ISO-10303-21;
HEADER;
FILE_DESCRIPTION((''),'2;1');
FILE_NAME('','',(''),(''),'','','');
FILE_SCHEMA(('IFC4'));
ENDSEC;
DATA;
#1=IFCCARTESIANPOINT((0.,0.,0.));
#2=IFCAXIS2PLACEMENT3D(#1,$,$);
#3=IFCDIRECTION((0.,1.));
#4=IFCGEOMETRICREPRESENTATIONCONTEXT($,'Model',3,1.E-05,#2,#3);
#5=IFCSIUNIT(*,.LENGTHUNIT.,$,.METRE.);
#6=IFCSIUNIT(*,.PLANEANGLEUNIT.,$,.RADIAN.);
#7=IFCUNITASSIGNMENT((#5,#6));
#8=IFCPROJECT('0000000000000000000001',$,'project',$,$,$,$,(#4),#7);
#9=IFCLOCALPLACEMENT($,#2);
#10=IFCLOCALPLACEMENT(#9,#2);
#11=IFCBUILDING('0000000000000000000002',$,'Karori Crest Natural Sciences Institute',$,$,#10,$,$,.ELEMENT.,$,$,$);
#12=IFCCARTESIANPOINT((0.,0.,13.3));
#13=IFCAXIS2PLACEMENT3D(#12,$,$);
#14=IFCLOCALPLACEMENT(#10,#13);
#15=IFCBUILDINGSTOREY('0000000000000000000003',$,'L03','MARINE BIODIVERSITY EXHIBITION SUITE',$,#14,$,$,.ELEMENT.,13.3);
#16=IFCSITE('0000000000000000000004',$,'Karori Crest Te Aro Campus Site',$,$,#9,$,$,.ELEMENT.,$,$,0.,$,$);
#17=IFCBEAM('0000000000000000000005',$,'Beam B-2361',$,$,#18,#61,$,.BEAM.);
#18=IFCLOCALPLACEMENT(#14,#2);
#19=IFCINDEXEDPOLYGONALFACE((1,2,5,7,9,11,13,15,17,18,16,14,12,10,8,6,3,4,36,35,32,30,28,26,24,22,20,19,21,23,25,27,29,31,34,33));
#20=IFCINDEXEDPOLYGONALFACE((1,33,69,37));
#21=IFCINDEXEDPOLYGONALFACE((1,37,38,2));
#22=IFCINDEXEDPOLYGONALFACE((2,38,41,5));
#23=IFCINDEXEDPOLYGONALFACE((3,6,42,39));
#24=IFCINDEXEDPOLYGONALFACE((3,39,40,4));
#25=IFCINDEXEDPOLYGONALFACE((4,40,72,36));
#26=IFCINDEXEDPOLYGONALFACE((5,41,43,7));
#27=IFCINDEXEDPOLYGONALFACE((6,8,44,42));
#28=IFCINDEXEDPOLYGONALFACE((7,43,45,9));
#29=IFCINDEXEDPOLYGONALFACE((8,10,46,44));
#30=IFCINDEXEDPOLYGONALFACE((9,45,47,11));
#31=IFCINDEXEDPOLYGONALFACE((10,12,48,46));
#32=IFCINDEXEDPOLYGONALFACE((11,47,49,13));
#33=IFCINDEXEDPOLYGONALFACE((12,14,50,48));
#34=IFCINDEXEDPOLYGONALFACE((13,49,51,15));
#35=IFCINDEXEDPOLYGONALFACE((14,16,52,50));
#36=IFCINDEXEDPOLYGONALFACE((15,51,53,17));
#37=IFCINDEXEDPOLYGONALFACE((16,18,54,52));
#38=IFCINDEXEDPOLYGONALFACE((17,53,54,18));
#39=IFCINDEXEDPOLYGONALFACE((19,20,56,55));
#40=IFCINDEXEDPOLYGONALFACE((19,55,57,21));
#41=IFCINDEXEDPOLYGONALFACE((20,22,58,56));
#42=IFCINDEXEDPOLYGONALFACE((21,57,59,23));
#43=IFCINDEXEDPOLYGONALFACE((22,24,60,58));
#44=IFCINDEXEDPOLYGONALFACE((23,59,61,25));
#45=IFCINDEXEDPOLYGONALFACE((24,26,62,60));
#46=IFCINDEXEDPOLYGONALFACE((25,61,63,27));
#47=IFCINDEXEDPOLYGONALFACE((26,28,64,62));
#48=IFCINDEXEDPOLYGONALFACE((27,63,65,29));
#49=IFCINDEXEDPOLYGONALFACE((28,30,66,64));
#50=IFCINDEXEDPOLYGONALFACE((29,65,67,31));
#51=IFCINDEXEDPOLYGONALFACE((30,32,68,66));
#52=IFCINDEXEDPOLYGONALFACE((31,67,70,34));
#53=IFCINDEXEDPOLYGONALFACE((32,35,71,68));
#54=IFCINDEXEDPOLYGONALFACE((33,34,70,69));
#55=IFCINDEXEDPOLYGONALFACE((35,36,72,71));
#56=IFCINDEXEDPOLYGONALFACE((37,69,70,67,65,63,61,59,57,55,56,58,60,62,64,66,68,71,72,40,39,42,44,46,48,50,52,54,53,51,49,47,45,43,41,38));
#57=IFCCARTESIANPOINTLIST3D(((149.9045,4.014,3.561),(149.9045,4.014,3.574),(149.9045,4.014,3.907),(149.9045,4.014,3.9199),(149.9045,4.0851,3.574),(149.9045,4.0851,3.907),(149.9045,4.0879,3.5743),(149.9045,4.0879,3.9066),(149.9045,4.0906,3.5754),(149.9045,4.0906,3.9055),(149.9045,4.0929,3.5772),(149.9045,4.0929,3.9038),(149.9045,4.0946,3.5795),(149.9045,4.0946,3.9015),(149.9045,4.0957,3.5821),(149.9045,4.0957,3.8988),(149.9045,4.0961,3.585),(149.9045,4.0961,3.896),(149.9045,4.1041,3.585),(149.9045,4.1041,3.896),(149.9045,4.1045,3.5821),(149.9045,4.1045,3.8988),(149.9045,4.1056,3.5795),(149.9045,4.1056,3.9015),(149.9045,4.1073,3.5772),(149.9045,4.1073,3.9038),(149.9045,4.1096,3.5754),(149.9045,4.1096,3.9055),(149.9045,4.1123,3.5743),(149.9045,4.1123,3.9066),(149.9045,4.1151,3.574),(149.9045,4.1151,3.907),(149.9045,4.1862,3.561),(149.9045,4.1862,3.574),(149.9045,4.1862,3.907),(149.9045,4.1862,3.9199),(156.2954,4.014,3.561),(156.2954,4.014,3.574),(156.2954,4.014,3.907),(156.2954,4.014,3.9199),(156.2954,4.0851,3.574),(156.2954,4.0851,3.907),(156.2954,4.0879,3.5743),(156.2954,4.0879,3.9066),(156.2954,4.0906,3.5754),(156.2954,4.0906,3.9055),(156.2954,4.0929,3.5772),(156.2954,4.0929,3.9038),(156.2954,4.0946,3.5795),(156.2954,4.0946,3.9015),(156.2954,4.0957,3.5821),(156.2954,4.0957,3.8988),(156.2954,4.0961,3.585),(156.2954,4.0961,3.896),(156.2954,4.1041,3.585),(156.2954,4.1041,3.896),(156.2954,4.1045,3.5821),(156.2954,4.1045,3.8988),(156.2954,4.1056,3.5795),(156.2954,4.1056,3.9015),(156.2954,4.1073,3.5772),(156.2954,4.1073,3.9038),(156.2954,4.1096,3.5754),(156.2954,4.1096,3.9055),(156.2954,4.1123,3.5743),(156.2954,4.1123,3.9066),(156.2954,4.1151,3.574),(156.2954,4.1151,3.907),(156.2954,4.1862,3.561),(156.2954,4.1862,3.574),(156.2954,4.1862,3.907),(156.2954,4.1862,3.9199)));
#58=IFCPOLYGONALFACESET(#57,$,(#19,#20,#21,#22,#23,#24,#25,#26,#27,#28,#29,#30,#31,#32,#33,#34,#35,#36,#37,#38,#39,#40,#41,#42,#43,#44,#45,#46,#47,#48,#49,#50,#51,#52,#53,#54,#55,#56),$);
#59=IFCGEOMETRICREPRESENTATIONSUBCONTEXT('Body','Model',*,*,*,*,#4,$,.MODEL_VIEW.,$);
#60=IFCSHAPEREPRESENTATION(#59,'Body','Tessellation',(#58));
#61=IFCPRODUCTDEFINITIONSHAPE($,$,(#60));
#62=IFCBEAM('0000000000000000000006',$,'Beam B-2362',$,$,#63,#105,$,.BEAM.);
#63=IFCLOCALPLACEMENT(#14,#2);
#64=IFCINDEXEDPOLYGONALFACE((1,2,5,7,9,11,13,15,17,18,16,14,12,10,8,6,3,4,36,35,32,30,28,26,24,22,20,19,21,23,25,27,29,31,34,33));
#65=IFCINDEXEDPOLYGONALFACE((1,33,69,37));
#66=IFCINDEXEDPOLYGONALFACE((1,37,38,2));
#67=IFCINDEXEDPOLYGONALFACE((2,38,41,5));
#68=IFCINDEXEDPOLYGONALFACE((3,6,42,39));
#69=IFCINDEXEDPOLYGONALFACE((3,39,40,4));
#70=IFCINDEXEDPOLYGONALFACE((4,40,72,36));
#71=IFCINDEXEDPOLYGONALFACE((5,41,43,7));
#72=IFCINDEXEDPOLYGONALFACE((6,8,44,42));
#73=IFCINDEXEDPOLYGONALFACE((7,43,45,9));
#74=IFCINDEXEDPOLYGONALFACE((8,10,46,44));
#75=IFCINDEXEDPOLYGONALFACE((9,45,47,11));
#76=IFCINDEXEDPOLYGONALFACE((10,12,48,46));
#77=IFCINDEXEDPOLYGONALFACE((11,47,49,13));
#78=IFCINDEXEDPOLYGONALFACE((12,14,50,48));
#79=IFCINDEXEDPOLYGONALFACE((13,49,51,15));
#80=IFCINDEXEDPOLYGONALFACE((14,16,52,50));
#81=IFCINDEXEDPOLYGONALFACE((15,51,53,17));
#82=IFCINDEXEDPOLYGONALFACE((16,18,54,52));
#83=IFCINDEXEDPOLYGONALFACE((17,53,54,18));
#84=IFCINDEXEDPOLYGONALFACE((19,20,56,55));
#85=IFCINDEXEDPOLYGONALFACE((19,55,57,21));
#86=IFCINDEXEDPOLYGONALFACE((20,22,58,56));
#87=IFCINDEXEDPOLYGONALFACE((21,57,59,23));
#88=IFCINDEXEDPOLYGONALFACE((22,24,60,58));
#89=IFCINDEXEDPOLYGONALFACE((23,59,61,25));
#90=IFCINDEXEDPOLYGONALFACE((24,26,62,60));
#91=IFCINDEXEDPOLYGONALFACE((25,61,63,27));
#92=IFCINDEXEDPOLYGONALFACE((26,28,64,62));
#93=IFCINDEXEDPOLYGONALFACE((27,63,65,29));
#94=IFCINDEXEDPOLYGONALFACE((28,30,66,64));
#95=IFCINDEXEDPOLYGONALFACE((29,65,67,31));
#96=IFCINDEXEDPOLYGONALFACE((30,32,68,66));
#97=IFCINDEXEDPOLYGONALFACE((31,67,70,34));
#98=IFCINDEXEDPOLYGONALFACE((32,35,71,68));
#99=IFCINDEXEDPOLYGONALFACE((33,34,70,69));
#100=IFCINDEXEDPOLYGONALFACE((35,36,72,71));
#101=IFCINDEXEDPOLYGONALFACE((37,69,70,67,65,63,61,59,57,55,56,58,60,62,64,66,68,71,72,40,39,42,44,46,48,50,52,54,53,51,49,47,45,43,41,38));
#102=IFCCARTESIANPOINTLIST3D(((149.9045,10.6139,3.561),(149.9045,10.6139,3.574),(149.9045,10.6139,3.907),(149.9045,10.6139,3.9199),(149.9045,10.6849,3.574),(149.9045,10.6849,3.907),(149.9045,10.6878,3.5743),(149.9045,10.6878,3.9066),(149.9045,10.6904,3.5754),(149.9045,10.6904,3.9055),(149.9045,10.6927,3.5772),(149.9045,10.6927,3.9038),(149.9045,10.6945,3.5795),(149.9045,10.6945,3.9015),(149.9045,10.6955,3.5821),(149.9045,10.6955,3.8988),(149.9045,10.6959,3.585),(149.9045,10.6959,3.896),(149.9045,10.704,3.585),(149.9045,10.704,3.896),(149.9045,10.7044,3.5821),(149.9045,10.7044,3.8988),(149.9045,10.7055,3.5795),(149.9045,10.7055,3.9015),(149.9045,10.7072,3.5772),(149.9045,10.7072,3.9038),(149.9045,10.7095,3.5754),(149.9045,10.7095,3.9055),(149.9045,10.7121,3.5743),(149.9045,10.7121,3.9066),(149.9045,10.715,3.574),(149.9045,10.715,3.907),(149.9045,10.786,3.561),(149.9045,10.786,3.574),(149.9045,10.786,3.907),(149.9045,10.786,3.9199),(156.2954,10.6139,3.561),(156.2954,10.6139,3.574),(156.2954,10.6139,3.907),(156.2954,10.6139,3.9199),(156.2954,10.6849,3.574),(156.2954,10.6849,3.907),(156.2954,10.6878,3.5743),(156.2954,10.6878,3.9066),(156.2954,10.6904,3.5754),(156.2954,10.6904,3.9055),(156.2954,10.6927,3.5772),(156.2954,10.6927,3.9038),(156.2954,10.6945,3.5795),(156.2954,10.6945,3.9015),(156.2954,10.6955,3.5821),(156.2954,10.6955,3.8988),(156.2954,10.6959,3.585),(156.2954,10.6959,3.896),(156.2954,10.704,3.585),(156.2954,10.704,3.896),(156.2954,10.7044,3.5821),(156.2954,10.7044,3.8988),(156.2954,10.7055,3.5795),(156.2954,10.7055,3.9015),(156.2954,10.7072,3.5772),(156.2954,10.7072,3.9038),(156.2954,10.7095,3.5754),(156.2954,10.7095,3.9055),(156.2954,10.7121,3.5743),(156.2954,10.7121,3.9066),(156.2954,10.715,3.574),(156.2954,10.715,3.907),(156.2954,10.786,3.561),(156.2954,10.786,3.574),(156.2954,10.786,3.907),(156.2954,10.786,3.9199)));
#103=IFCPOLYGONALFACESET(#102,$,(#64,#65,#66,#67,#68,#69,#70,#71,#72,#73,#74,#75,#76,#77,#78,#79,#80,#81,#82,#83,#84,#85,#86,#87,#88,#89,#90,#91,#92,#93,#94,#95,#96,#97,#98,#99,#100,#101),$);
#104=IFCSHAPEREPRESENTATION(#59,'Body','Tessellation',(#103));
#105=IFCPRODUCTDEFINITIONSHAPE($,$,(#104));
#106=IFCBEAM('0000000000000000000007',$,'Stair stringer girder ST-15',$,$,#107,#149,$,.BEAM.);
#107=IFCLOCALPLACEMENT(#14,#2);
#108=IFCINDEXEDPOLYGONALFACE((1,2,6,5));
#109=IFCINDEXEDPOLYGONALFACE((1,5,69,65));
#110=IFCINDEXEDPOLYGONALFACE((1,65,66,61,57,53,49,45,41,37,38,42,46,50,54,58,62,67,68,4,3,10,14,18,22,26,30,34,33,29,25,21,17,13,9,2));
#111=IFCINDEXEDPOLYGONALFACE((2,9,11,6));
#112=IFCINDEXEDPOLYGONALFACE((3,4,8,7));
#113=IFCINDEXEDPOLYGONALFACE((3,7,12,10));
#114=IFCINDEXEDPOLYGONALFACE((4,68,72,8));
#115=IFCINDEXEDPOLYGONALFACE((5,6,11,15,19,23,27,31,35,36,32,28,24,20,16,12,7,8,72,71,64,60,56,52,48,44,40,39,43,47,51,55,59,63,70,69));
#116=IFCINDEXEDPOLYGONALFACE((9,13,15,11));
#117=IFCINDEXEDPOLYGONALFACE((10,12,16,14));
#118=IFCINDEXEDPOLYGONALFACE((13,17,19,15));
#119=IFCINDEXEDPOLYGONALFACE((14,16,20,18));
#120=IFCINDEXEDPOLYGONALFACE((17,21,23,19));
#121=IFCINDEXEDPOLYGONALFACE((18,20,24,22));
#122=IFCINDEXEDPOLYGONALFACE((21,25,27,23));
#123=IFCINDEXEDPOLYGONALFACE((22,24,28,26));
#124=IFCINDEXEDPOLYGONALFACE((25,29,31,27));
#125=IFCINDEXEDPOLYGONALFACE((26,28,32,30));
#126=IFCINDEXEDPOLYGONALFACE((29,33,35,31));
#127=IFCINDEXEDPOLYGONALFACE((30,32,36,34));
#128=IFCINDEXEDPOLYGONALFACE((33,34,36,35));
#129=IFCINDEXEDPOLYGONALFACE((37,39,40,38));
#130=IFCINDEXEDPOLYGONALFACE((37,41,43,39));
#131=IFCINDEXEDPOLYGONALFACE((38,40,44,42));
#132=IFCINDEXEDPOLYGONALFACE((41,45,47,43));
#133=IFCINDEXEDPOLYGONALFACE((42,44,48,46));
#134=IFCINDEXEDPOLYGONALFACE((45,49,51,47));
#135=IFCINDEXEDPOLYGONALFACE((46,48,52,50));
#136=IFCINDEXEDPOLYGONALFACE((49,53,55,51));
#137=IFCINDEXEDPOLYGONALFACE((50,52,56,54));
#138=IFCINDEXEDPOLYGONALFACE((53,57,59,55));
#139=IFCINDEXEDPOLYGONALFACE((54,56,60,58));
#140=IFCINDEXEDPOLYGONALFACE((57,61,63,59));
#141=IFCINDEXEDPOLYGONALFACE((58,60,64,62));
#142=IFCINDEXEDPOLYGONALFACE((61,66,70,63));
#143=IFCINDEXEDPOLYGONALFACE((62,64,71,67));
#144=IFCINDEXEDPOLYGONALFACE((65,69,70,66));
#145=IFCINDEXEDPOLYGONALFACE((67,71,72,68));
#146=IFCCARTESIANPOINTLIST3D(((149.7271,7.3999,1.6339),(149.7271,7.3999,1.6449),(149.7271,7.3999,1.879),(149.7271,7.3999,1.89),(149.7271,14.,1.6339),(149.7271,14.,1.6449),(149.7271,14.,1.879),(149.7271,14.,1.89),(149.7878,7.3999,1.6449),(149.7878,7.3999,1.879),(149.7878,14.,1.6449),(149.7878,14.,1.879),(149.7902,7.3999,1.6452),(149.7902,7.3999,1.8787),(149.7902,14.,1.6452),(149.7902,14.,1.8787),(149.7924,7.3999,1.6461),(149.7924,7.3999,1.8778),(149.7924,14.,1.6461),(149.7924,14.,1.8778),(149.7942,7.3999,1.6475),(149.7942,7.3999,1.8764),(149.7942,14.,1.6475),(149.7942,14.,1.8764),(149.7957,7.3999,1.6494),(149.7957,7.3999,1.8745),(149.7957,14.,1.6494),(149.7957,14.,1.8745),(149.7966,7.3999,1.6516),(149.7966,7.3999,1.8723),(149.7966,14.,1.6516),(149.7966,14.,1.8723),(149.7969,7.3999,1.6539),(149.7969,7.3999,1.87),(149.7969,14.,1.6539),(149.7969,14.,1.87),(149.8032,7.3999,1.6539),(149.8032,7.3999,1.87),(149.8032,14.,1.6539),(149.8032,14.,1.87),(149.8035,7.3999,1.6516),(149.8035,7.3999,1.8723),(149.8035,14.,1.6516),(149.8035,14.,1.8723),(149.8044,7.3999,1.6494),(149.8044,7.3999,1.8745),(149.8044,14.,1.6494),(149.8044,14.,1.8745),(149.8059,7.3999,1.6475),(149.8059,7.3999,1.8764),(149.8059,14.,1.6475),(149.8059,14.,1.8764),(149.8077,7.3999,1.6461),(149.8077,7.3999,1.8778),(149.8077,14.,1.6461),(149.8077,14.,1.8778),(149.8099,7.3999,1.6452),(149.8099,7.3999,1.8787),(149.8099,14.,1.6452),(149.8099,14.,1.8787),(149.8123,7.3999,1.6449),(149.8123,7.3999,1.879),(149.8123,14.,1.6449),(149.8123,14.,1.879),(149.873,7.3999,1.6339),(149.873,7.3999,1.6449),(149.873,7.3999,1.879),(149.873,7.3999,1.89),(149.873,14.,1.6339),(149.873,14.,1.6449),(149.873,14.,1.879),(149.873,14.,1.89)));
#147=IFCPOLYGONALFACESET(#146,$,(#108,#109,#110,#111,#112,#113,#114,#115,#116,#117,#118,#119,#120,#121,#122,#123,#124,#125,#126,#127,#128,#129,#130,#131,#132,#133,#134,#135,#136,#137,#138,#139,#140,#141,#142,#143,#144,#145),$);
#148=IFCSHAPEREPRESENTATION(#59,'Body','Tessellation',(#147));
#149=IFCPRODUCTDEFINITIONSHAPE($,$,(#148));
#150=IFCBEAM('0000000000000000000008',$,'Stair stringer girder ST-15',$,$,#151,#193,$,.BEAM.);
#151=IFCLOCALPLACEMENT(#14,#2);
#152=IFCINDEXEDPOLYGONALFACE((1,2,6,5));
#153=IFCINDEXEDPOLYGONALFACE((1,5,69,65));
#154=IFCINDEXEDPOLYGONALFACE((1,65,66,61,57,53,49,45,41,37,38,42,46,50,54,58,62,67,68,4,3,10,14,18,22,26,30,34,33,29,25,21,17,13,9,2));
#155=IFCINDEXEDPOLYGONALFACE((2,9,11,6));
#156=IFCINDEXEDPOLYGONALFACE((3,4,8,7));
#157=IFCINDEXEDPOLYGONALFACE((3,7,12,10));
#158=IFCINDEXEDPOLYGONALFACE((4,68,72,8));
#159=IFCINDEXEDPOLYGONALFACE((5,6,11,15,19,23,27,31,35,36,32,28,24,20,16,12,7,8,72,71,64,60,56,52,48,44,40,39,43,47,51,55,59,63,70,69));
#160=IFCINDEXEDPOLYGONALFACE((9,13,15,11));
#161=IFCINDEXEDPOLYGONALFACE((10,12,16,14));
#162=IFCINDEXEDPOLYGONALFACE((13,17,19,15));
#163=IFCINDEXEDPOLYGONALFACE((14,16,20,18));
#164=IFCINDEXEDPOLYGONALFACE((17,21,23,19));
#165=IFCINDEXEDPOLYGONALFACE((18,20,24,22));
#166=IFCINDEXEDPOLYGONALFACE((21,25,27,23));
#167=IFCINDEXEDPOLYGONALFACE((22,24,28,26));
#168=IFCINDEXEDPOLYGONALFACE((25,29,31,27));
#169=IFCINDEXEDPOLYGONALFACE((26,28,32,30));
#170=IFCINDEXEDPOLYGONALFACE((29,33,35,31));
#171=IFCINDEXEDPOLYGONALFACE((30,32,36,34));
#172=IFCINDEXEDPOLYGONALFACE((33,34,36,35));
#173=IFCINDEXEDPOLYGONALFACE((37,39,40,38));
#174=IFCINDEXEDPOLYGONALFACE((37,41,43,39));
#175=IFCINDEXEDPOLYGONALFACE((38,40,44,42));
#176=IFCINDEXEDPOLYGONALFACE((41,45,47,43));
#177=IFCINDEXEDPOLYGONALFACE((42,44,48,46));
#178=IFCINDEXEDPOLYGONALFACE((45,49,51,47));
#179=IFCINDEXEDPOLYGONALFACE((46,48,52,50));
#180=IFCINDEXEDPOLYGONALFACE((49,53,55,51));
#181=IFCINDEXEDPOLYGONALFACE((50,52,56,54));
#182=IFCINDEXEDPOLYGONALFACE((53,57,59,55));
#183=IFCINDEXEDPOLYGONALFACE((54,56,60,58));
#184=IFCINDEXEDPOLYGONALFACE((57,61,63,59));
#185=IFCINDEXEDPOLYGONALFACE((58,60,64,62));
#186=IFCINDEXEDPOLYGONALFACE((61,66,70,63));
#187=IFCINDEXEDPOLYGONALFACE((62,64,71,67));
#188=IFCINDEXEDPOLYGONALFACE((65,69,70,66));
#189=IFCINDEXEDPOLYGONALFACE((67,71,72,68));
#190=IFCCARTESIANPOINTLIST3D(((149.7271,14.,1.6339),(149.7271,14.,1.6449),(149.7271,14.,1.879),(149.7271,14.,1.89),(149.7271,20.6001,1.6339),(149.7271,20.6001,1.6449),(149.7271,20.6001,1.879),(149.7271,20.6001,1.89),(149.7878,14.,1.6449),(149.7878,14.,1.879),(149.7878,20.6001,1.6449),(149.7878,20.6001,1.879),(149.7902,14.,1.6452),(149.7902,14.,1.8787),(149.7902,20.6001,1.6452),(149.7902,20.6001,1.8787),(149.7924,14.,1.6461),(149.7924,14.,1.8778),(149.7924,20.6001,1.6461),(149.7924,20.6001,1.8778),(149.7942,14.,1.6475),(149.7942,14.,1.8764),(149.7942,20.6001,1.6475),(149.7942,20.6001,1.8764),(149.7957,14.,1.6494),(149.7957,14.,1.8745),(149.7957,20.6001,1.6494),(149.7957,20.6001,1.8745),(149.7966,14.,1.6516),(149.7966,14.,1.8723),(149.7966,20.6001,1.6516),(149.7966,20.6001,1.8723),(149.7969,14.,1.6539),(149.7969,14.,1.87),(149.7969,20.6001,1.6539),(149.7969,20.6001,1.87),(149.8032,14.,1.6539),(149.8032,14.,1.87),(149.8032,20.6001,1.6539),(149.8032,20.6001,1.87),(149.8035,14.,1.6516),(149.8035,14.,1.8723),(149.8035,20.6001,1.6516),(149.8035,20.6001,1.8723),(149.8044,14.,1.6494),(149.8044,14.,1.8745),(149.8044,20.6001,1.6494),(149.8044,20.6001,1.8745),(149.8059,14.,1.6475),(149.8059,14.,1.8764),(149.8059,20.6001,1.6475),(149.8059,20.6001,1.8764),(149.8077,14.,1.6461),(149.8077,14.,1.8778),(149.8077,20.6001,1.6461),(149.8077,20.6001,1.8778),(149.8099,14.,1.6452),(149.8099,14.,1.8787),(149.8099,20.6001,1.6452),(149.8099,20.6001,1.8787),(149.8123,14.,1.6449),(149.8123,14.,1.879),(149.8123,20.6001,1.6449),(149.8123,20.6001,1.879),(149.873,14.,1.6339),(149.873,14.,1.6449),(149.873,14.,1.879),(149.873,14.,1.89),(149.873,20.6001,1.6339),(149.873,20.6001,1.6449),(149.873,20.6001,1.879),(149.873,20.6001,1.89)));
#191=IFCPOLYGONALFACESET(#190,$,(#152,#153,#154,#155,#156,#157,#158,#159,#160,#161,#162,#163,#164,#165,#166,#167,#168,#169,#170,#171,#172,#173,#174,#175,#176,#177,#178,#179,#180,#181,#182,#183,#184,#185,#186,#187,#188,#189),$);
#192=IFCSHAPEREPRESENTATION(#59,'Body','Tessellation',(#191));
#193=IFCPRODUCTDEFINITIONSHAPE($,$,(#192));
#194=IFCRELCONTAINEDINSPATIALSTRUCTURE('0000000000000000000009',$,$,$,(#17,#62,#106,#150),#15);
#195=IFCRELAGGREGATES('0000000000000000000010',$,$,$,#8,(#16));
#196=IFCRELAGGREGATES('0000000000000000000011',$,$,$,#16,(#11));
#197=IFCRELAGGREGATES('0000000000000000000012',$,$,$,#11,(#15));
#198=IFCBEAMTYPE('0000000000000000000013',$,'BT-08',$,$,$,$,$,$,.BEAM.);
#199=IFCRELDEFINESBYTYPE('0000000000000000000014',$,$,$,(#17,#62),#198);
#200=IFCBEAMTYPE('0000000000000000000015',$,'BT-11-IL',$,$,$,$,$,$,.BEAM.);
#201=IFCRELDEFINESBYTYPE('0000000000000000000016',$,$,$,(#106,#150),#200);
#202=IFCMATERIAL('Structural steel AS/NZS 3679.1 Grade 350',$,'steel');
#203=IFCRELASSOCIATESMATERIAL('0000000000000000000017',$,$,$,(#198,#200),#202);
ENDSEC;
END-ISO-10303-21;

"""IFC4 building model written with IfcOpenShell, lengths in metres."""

from ifc_helpers import new_model, si_unit, direction, frame, origin, origin_2d, place, context, subcontext, project, spatial, i_section, extrude, material, material_profile, profile_set, type_object, element, save


model = new_model("IFC4")

# Units and contexts
model_context = context("Model", 3, precision=1e-05, world=origin(), true_north=direction((0.0, 1.0)))
body_context = subcontext(model_context, "Body", "Model", "MODEL_VIEW")
ifc_project = project(units=[si_unit("LENGTHUNIT", "METRE"), si_unit("PLANEANGLEUNIT", "RADIAN")], contexts=[model_context])

# Site, building, storey
site_placement = place(None, origin())
site = spatial("IfcSite", under=ifc_project, at=site_placement, Name="Karori Crest Te Aro Campus Site", CompositionType="ELEMENT", RefElevation=0.0)
building_placement = place(site_placement, origin())
building = spatial("IfcBuilding", under=site, at=building_placement, Name="Karori Crest Natural Sciences Institute", CompositionType="ELEMENT")
storey_placement = place(building_placement, frame((0.0, 0.0, 13.3)))
storey = spatial("IfcBuildingStorey", under=building, at=storey_placement, Name="L03", Description="MARINE BIODIVERSITY EXHIBITION SUITE", CompositionType="ELEMENT", Elevation=13.3)

# Shared definitions
ifc_material_1 = material(Name="Structural steel AS/NZS 3679.1 Grade 350", Category="steel")

# Beams
ifc_material_profile_1 = material_profile(ifc_material_1, i_section(OverallWidth=0.1721, OverallDepth=0.3589, WebThickness=0.0081, FlangeThickness=0.0129, FilletRadius=0.011, at=origin_2d()), Name="360UB56.7")
ifc_profile_set_1 = profile_set([ifc_material_profile_1], Name="Structural steel AS/NZS 3679.1 Grade 350")
beam_type_1 = type_object("IfcBeamType", Name="BT-08", PredefinedType="BEAM", material=ifc_profile_set_1)
for number, where, z_axis, x_axis, name in (
    (1, (149.9045, 4.1001, 3.7405), (1.0, 0.0, 0.0), (0.0, 1.0, 0.0), "Beam B-2361"),
    (2, (149.9045, 10.7, 3.7405), (1.0, 0.0, 0.0), (0.0, 1.0, 0.0), "Beam B-2362"),
):
    element("IfcBeam", number, at=place(storey_placement, frame(where, z_axis=z_axis, x_axis=x_axis)), inside=storey, type_object=beam_type_1, Name=name, PredefinedType="BEAM", context=body_context, shape_type="SweptSolid", body=[
        extrude(i_section(OverallWidth=0.1721, OverallDepth=0.3589, WebThickness=0.0081, FlangeThickness=0.0129, FilletRadius=0.011, at=origin_2d()), origin(), (0.0, 0.0, 1.0), 6.3909),
    ])
ifc_material_profile_2 = material_profile(ifc_material_1, i_section(OverallWidth=0.146, OverallDepth=0.2561, WebThickness=0.0063, FlangeThickness=0.011, FilletRadius=0.009, at=origin_2d()), Name="250UB37.3")
ifc_profile_set_2 = profile_set([ifc_material_profile_2], Name="Structural steel AS/NZS 3679.1 Grade 350")
beam_type_2 = type_object("IfcBeamType", Name="BT-11-IL", PredefinedType="BEAM", material=ifc_profile_set_2)
for number, where, z_axis, x_axis, name in (
    (3, (149.8, 7.3999, 1.762), (0.0, 1.0, 0.0), (-1.0, 0.0, 0.0), "Stair stringer girder ST-15"),
    (4, (149.8, 14.0, 1.762), (0.0, 1.0, 0.0), (-1.0, 0.0, 0.0), "Stair stringer girder ST-15"),
):
    element("IfcBeam", number, at=place(storey_placement, frame(where, z_axis=z_axis, x_axis=x_axis)), inside=storey, type_object=beam_type_2, Name=name, PredefinedType="BEAM", context=body_context, shape_type="SweptSolid", body=[
        extrude(i_section(OverallWidth=0.146, OverallDepth=0.2561, WebThickness=0.0063, FlangeThickness=0.011, FilletRadius=0.009, at=origin_2d()), origin(), (0.0, 0.0, 1.0), 6.6001),
    ])

save(model, "model.ifc")
